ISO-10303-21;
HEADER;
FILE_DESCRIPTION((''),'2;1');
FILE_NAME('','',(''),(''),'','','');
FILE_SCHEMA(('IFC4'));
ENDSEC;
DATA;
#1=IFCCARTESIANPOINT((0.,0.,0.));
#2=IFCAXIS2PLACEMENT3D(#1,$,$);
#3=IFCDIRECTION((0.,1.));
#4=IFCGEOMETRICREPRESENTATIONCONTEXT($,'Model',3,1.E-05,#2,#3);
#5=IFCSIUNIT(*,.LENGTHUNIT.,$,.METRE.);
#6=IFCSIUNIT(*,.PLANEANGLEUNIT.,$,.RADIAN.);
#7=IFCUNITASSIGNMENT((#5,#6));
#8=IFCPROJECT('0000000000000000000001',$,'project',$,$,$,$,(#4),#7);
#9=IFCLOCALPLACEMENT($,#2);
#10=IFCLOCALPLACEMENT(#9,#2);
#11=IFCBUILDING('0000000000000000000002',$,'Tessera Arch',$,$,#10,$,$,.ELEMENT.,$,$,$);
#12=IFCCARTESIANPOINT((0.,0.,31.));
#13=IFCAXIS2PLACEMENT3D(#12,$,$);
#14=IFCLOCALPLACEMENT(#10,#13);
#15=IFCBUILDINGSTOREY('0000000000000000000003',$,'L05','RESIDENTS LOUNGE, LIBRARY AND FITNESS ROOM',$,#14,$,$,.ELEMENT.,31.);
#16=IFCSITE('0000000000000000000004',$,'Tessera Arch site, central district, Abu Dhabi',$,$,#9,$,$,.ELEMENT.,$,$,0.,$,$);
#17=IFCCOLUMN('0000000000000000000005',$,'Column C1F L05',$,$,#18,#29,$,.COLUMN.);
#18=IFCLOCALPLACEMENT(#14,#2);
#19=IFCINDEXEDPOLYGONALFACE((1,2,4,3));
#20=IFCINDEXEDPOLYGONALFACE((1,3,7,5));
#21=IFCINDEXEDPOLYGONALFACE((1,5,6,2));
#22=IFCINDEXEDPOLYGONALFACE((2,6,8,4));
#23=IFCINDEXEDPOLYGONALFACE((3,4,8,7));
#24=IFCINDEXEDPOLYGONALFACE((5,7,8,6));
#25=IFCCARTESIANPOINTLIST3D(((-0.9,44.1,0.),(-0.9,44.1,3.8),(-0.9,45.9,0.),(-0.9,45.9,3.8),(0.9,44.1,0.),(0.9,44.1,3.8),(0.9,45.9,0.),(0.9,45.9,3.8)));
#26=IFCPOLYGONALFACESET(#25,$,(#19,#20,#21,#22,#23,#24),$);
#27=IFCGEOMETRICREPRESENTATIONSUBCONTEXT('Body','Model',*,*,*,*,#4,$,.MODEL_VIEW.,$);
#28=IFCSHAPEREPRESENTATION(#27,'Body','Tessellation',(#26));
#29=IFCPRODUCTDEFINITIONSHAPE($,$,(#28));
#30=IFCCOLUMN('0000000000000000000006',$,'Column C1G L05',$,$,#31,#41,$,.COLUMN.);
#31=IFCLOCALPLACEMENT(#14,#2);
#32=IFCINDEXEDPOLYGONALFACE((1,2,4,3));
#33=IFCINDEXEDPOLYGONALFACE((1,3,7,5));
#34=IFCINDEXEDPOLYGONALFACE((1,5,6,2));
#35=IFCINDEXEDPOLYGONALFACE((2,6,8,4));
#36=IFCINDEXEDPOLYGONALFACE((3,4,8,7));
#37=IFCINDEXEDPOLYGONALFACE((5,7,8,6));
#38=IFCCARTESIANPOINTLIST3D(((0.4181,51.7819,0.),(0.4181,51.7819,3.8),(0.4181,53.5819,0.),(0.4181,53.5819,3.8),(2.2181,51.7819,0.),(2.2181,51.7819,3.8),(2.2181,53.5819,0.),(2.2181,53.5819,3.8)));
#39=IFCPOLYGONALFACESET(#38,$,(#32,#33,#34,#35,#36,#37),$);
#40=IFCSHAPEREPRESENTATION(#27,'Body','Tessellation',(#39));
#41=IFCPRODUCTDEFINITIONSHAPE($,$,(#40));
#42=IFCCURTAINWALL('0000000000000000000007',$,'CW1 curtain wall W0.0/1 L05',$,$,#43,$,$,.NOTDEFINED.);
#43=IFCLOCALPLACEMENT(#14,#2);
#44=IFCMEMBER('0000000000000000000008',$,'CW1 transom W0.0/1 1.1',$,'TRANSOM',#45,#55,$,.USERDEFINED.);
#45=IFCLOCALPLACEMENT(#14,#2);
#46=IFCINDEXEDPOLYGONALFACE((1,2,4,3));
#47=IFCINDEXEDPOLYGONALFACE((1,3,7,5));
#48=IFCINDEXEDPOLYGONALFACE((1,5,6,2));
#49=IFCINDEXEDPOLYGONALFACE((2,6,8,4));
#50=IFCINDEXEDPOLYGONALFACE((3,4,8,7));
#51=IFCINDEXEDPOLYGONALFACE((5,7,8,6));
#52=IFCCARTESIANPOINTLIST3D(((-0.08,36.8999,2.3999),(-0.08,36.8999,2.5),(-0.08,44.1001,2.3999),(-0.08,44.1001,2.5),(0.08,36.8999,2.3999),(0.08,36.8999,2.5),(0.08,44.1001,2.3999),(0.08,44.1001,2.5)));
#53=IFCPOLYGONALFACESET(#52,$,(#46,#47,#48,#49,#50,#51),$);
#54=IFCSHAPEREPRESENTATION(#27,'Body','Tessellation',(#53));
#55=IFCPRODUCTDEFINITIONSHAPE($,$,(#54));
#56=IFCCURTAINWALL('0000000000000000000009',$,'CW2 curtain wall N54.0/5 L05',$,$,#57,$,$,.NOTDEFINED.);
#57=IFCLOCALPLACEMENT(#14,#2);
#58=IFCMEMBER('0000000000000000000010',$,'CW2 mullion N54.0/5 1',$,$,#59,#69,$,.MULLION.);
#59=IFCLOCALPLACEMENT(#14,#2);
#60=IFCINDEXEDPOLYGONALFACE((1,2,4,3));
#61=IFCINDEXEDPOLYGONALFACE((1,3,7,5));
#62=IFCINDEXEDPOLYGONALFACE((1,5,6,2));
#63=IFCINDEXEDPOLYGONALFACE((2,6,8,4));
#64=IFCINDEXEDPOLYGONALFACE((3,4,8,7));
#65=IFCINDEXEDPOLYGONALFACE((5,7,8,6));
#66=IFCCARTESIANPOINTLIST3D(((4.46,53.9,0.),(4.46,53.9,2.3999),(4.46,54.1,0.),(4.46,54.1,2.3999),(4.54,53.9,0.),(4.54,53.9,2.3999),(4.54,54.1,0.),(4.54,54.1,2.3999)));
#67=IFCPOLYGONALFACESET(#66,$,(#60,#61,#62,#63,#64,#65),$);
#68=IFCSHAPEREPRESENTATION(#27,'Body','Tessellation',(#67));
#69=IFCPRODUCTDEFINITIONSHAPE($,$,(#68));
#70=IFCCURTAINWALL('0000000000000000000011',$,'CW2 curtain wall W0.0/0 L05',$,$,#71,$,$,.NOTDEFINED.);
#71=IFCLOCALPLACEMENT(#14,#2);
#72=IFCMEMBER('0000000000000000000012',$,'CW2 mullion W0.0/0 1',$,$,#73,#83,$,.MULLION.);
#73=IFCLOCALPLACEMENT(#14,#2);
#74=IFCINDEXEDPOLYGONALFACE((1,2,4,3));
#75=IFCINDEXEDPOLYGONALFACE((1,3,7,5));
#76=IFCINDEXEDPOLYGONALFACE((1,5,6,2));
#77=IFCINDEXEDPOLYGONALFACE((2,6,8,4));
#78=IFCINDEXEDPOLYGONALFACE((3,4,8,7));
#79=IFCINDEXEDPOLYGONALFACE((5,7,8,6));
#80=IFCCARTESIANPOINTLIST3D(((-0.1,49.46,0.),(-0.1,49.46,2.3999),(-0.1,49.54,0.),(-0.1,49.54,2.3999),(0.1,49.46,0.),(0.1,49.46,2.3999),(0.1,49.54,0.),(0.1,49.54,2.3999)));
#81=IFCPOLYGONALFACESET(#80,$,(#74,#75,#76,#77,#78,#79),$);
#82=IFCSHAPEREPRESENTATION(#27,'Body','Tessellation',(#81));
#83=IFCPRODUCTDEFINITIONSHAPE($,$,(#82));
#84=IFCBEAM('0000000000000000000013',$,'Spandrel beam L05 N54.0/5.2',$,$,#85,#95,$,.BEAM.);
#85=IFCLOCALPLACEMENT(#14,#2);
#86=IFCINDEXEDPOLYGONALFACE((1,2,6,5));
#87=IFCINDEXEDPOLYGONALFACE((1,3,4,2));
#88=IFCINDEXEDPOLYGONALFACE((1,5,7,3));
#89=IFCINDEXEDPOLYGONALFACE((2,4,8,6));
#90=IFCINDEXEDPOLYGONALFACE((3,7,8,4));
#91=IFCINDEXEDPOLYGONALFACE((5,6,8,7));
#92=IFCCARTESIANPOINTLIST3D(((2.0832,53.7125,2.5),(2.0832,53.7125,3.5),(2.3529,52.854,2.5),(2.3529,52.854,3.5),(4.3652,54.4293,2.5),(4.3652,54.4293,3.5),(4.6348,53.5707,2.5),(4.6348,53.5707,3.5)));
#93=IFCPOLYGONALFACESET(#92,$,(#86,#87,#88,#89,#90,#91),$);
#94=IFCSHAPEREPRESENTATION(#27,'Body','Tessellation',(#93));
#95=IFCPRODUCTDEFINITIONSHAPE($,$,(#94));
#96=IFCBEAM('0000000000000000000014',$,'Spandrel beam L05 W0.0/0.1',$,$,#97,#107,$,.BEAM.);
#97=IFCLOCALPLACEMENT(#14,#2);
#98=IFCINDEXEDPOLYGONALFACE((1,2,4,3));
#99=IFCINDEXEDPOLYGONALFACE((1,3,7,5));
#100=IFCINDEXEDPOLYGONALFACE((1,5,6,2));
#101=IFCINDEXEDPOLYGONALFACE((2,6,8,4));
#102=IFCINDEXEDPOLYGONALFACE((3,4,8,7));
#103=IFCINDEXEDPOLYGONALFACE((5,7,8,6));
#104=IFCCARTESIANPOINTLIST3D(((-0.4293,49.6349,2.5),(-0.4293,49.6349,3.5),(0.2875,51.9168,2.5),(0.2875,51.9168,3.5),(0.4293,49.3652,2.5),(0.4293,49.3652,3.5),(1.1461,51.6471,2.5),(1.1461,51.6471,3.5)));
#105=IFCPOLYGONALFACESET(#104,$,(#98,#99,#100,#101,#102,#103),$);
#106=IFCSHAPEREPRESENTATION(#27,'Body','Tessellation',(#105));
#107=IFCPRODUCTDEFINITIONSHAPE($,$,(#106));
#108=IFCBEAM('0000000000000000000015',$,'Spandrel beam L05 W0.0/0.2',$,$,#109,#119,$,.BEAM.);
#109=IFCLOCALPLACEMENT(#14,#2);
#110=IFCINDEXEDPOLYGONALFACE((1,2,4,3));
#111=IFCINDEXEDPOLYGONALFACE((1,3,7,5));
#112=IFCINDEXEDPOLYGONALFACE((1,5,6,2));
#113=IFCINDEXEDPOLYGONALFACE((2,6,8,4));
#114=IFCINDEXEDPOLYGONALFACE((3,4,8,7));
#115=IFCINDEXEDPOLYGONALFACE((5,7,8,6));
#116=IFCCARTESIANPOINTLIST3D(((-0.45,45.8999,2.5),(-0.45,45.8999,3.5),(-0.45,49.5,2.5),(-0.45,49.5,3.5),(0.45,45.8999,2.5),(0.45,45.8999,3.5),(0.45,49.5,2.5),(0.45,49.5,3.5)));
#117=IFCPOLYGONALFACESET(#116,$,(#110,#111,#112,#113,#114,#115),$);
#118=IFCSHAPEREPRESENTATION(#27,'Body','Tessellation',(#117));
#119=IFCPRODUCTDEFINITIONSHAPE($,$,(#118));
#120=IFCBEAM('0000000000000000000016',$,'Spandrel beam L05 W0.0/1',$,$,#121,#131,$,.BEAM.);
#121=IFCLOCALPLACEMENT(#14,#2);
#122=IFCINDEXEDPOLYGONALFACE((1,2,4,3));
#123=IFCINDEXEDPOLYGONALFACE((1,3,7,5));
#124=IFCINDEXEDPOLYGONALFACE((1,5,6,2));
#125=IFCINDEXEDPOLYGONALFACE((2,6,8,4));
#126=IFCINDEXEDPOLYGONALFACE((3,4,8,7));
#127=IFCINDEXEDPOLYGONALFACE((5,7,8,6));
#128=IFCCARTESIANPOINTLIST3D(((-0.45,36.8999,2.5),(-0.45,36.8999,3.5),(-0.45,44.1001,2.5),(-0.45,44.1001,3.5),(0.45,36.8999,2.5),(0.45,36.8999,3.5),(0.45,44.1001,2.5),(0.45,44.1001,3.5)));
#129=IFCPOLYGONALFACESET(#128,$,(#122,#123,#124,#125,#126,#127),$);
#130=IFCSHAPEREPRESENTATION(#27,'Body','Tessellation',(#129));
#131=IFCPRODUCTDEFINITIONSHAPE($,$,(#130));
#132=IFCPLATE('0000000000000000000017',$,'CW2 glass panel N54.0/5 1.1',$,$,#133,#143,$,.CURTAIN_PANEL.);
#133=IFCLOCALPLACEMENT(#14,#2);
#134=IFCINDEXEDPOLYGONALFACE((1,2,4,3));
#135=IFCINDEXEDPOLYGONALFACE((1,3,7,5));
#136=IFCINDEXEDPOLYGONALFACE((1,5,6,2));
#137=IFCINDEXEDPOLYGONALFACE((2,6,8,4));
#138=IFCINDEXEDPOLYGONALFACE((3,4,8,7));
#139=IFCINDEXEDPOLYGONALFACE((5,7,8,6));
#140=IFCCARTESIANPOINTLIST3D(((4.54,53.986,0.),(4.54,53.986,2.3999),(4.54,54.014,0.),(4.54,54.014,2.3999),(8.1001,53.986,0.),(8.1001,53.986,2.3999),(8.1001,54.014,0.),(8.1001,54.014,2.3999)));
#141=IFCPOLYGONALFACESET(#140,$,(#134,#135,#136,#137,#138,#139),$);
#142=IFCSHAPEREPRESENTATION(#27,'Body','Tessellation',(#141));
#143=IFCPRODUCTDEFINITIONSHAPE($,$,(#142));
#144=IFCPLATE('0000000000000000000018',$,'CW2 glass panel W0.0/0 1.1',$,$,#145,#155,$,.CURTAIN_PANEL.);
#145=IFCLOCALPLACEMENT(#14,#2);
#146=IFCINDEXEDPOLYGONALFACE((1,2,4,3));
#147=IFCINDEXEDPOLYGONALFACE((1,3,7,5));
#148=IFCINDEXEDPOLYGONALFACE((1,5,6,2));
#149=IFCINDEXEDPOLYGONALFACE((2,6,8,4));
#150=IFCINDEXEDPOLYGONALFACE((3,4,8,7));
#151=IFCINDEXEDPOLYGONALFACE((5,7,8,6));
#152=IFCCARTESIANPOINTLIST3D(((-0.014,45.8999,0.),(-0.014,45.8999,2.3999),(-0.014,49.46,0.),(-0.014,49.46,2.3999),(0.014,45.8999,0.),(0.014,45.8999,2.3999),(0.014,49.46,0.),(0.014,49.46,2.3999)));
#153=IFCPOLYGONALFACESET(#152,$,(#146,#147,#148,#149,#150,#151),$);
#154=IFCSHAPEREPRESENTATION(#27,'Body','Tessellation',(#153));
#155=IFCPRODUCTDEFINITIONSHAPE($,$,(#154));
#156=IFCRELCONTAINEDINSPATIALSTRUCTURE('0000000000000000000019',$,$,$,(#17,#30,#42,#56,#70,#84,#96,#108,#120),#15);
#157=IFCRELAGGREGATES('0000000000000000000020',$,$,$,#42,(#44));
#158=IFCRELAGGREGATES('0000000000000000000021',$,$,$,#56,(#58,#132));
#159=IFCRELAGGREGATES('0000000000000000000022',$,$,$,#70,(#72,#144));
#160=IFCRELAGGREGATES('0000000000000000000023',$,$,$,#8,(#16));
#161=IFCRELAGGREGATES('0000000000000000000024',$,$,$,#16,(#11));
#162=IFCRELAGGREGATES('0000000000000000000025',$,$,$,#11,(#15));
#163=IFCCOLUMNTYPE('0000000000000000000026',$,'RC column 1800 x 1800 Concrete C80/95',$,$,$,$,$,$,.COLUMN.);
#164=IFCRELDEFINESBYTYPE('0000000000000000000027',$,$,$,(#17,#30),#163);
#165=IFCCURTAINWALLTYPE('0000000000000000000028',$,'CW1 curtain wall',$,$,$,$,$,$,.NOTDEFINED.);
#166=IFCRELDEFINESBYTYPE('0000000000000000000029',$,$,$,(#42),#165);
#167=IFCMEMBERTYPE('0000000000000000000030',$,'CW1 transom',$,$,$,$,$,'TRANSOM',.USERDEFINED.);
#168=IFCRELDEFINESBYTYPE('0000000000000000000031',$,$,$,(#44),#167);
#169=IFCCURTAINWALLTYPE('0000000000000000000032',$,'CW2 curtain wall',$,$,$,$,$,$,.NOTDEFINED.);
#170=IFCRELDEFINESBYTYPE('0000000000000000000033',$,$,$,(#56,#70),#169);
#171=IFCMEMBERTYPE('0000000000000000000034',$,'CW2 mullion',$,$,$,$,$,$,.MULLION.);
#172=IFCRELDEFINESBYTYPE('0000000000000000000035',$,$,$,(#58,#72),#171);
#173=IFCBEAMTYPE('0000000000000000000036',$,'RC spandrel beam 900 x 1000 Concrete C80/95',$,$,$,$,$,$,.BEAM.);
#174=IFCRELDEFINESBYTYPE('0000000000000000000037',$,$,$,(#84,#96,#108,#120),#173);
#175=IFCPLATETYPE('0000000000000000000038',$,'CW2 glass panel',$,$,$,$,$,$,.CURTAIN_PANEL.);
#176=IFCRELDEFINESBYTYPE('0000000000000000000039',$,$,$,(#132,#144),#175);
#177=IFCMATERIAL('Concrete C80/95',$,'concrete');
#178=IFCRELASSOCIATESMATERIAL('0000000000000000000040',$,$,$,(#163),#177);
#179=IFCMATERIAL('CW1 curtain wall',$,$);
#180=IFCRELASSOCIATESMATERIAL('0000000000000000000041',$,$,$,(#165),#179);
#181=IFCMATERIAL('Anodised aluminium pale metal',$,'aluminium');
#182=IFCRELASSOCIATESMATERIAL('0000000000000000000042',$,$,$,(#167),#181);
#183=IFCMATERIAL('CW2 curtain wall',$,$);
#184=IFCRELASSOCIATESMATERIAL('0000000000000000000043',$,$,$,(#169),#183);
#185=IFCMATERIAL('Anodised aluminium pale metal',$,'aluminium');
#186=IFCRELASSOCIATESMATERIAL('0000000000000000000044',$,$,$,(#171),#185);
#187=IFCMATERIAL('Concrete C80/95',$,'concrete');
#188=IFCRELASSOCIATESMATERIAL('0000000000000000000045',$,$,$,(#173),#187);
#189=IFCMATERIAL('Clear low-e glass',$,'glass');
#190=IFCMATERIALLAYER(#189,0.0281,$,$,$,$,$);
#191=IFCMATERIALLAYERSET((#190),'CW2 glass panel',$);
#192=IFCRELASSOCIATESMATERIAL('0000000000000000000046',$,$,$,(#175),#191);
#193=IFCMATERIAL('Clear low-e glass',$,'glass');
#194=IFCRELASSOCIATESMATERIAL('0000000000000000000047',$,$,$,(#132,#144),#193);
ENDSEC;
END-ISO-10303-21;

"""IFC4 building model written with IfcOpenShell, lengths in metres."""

from ifc_helpers import new_model, si_unit, direction, frame, origin, origin_2d, place, context, subcontext, project, spatial, rectangle, extrude, material, layer, layer_set, material_profile, profile_set, type_object, element, aggregate, save


model = new_model("IFC4")

# Units and contexts
model_context = context("Model", 3, precision=1e-05, world=origin(), true_north=direction((0.0, 1.0)))
body_context = subcontext(model_context, "Body", "Model", "MODEL_VIEW")
ifc_project = project(units=[si_unit("LENGTHUNIT", "METRE"), si_unit("PLANEANGLEUNIT", "RADIAN")], contexts=[model_context])

# Site, building, storey
site_placement = place(None, origin())
site = spatial("IfcSite", under=ifc_project, at=site_placement, Name="Tessera Arch site, central district, Abu Dhabi", CompositionType="ELEMENT", RefElevation=0.0)
building_placement = place(site_placement, origin())
building = spatial("IfcBuilding", under=site, at=building_placement, Name="Tessera Arch", CompositionType="ELEMENT")
storey_placement = place(building_placement, frame((0.0, 0.0, 31.0)))
storey = spatial("IfcBuildingStorey", under=building, at=storey_placement, Name="L05", Description="RESIDENTS LOUNGE, LIBRARY AND FITNESS ROOM", CompositionType="ELEMENT", Elevation=31.0)

# Columns
ifc_material_1 = material(Name="Concrete C80/95", Category="concrete")
ifc_material_profile_1 = material_profile(ifc_material_1, rectangle(XDim=1.8, YDim=1.8, at=origin_2d()), Name="RC column 1800 x 1800 Concrete C80/95")
ifc_profile_set_1 = profile_set([ifc_material_profile_1], Name="Concrete C80/95")
column_type = type_object("IfcColumnType", Name="RC column 1800 x 1800 Concrete C80/95", PredefinedType="COLUMN", material=ifc_profile_set_1)
for number, where, z_axis, x_axis, name in (
    (1, (0.0, 45.0, 0.0), (0.0, 0.0, 1.0), (1.0, 0.0, 0.0), "Column C1F L05"),
    (2, (1.3181, 52.6819, 0.0), (0.0, 0.0, 1.0), (1.0, 0.0, 0.0), "Column C1G L05"),
):
    element("IfcColumn", number, at=place(storey_placement, frame(where, z_axis=z_axis, x_axis=x_axis)), inside=storey, type_object=column_type, Name=name, PredefinedType="COLUMN", context=body_context, shape_type="SweptSolid", body=[
        extrude(rectangle(XDim=1.8, YDim=1.8, at=origin_2d()), origin(), (0.0, 0.0, 1.0), 3.8),
    ])

# Curtain walls, members
ifc_material_2 = material(Name="CW1 curtain wall")
curtain_wall_type_1 = type_object("IfcCurtainWallType", Name="CW1 curtain wall", PredefinedType="NOTDEFINED", material=ifc_material_2)
curtain_wall_1_placement = place(storey_placement, origin())
curtain_wall_1 = element("IfcCurtainWall", 3, at=curtain_wall_1_placement, inside=storey, type_object=curtain_wall_type_1, Name="CW1 curtain wall W0.0/1 L05", PredefinedType="NOTDEFINED")
ifc_material_3 = material(Name="Anodised aluminium pale metal", Category="aluminium")
ifc_material_profile_2 = material_profile(ifc_material_3, rectangle(XDim=0.1599, YDim=0.1001, at=origin_2d()), Name="AL 160x100")
ifc_profile_set_2 = profile_set([ifc_material_profile_2], Name="Anodised aluminium pale metal")
member_type_1 = type_object("IfcMemberType", Name="CW1 transom", ElementType="TRANSOM", PredefinedType="USERDEFINED", material=ifc_profile_set_2)
member_1_placement = place(storey_placement, frame((0.0, 44.1001, 2.45), z_axis=(0.0, -1.0, 0.0), x_axis=(1.0, 0.0, 0.0)))
member_1 = element("IfcMember", 4, at=member_1_placement, type_object=member_type_1, Name="CW1 transom W0.0/1 1.1", ObjectType="TRANSOM", PredefinedType="USERDEFINED", context=body_context, shape_type="SweptSolid", body=[
    extrude(rectangle(XDim=0.1599, YDim=0.1001, at=origin_2d()), origin(), (0.0, 0.0, 1.0), 7.2002),
])
aggregate(curtain_wall_1, [member_1])
ifc_material_4 = material(Name="CW2 curtain wall")
curtain_wall_type_2 = type_object("IfcCurtainWallType", Name="CW2 curtain wall", PredefinedType="NOTDEFINED", material=ifc_material_4)
curtain_wall_2_placement = place(storey_placement, origin())
curtain_wall_2 = element("IfcCurtainWall", 5, at=curtain_wall_2_placement, inside=storey, type_object=curtain_wall_type_2, Name="CW2 curtain wall N54.0/5 L05", PredefinedType="NOTDEFINED")
ifc_material_5 = material(Name="Anodised aluminium pale metal", Category="aluminium")
ifc_material_profile_3 = material_profile(ifc_material_5, rectangle(XDim=0.2, YDim=0.0801, at=origin_2d()), Name="AL 80x200")
ifc_profile_set_3 = profile_set([ifc_material_profile_3], Name="Anodised aluminium pale metal")
member_type_2 = type_object("IfcMemberType", Name="CW2 mullion", PredefinedType="MULLION", material=ifc_profile_set_3)
member_2_placement = place(storey_placement, frame((4.5, 54.0, 0.0), z_axis=(0.0, 0.0, 1.0), x_axis=(0.0, -1.0, 0.0)))
member_2 = element("IfcMember", 6, at=member_2_placement, type_object=member_type_2, Name="CW2 mullion N54.0/5 1", PredefinedType="MULLION", context=body_context, shape_type="SweptSolid", body=[
    extrude(rectangle(XDim=0.2, YDim=0.0801, at=origin_2d()), origin(), (0.0, 0.0, 1.0), 2.3999),
])
curtain_wall_3_placement = place(storey_placement, origin())
curtain_wall_3 = element("IfcCurtainWall", 7, at=curtain_wall_3_placement, inside=storey, type_object=curtain_wall_type_2, Name="CW2 curtain wall W0.0/0 L05", PredefinedType="NOTDEFINED")
member_3_placement = place(storey_placement, frame((0.0, 49.5, 0.0), z_axis=(0.0, 0.0, 1.0), x_axis=(1.0, 0.0, 0.0)))
member_3 = element("IfcMember", 8, at=member_3_placement, type_object=member_type_2, Name="CW2 mullion W0.0/0 1", PredefinedType="MULLION", context=body_context, shape_type="SweptSolid", body=[
    extrude(rectangle(XDim=0.2, YDim=0.0801, at=origin_2d()), origin(), (0.0, 0.0, 1.0), 2.3999),
])

# Beams
ifc_material_6 = material(Name="Concrete C80/95", Category="concrete")
ifc_material_profile_4 = material_profile(ifc_material_6, rectangle(XDim=0.8999, YDim=1.0, at=origin_2d()), Name="RC spandrel beam 900 x 1000 Concrete C80/95")
ifc_profile_set_4 = profile_set([ifc_material_profile_4], Name="Concrete C80/95")
beam_type = type_object("IfcBeamType", Name="RC spandrel beam 900 x 1000 Concrete C80/95", PredefinedType="BEAM", material=ifc_profile_set_4)
for number, where, z_axis, x_axis, name in (
    (9, (4.5, 54.0, 3.0), (-0.954041, -0.299675, 0.0), (0.299675, -0.954041, 0.0), "Spandrel beam L05 N54.0/5.2"),
    (10, (0.7168, 51.782, 3.0), (-0.299675, -0.954041, 0.0), (0.954041, -0.299675, 0.0), "Spandrel beam L05 W0.0/0.1"),
):
    element("IfcBeam", number, at=place(storey_placement, frame(where, z_axis=z_axis, x_axis=x_axis)), inside=storey, type_object=beam_type, Name=name, PredefinedType="BEAM", context=body_context, shape_type="SweptSolid", body=[
        extrude(rectangle(XDim=0.8999, YDim=1.0, at=origin_2d()), origin(), (0.0, 0.0, 1.0), 2.3918),
    ])
beam_1_placement = place(storey_placement, frame((0.0, 49.5, 3.0), z_axis=(0.0, -1.0, 0.0), x_axis=(1.0, 0.0, 0.0)))
element("IfcBeam", 11, at=beam_1_placement, inside=storey, type_object=beam_type, Name="Spandrel beam L05 W0.0/0.2", PredefinedType="BEAM", context=body_context, shape_type="SweptSolid", body=[
    extrude(rectangle(XDim=0.8999, YDim=1.0, at=origin_2d()), origin(), (0.0, 0.0, 1.0), 3.6001),
])
beam_2_placement = place(storey_placement, frame((0.0, 44.1001, 3.0), z_axis=(0.0, -1.0, 0.0), x_axis=(1.0, 0.0, 0.0)))
element("IfcBeam", 12, at=beam_2_placement, inside=storey, type_object=beam_type, Name="Spandrel beam L05 W0.0/1", PredefinedType="BEAM", context=body_context, shape_type="SweptSolid", body=[
    extrude(rectangle(XDim=0.8999, YDim=1.0, at=origin_2d()), origin(), (0.0, 0.0, 1.0), 7.2002),
])

# Plates
ifc_material_7 = material(Name="Clear low-e glass", Category="glass")
ifc_material_8 = material(Name="Clear low-e glass", Category="glass")
ifc_layer_1 = layer(ifc_material_8, 0.0281)
ifc_layer_set_1 = layer_set([ifc_layer_1], Name="CW2 glass panel")
plate_type = type_object("IfcPlateType", Name="CW2 glass panel", PredefinedType="CURTAIN_PANEL", material=ifc_layer_set_1)
plate_1_placement = place(storey_placement, frame((6.3201, 54.0, 0.0), z_axis=(0.0, 0.0, 1.0), x_axis=(-1.0, 0.0, 0.0)))
plate_1 = element("IfcPlate", 13, at=plate_1_placement, type_object=plate_type, material=ifc_material_7, Name="CW2 glass panel N54.0/5 1.1", PredefinedType="CURTAIN_PANEL", context=body_context, shape_type="SweptSolid", body=[
    extrude(rectangle(XDim=3.5601, YDim=0.0281, at=origin_2d()), origin(), (0.0, 0.0, 1.0), 2.3999),
])
aggregate(curtain_wall_2, [member_2, plate_1])
plate_2_placement = place(storey_placement, frame((0.0, 47.6799, 0.0), z_axis=(0.0, 0.0, 1.0), x_axis=(0.0, -1.0, 0.0)))
plate_2 = element("IfcPlate", 14, at=plate_2_placement, type_object=plate_type, material=ifc_material_7, Name="CW2 glass panel W0.0/0 1.1", PredefinedType="CURTAIN_PANEL", context=body_context, shape_type="SweptSolid", body=[
    extrude(rectangle(XDim=3.5601, YDim=0.0281, at=origin_2d()), origin(), (0.0, 0.0, 1.0), 2.3999),
])
aggregate(curtain_wall_3, [member_3, plate_2])

save(model, "model.ifc")
